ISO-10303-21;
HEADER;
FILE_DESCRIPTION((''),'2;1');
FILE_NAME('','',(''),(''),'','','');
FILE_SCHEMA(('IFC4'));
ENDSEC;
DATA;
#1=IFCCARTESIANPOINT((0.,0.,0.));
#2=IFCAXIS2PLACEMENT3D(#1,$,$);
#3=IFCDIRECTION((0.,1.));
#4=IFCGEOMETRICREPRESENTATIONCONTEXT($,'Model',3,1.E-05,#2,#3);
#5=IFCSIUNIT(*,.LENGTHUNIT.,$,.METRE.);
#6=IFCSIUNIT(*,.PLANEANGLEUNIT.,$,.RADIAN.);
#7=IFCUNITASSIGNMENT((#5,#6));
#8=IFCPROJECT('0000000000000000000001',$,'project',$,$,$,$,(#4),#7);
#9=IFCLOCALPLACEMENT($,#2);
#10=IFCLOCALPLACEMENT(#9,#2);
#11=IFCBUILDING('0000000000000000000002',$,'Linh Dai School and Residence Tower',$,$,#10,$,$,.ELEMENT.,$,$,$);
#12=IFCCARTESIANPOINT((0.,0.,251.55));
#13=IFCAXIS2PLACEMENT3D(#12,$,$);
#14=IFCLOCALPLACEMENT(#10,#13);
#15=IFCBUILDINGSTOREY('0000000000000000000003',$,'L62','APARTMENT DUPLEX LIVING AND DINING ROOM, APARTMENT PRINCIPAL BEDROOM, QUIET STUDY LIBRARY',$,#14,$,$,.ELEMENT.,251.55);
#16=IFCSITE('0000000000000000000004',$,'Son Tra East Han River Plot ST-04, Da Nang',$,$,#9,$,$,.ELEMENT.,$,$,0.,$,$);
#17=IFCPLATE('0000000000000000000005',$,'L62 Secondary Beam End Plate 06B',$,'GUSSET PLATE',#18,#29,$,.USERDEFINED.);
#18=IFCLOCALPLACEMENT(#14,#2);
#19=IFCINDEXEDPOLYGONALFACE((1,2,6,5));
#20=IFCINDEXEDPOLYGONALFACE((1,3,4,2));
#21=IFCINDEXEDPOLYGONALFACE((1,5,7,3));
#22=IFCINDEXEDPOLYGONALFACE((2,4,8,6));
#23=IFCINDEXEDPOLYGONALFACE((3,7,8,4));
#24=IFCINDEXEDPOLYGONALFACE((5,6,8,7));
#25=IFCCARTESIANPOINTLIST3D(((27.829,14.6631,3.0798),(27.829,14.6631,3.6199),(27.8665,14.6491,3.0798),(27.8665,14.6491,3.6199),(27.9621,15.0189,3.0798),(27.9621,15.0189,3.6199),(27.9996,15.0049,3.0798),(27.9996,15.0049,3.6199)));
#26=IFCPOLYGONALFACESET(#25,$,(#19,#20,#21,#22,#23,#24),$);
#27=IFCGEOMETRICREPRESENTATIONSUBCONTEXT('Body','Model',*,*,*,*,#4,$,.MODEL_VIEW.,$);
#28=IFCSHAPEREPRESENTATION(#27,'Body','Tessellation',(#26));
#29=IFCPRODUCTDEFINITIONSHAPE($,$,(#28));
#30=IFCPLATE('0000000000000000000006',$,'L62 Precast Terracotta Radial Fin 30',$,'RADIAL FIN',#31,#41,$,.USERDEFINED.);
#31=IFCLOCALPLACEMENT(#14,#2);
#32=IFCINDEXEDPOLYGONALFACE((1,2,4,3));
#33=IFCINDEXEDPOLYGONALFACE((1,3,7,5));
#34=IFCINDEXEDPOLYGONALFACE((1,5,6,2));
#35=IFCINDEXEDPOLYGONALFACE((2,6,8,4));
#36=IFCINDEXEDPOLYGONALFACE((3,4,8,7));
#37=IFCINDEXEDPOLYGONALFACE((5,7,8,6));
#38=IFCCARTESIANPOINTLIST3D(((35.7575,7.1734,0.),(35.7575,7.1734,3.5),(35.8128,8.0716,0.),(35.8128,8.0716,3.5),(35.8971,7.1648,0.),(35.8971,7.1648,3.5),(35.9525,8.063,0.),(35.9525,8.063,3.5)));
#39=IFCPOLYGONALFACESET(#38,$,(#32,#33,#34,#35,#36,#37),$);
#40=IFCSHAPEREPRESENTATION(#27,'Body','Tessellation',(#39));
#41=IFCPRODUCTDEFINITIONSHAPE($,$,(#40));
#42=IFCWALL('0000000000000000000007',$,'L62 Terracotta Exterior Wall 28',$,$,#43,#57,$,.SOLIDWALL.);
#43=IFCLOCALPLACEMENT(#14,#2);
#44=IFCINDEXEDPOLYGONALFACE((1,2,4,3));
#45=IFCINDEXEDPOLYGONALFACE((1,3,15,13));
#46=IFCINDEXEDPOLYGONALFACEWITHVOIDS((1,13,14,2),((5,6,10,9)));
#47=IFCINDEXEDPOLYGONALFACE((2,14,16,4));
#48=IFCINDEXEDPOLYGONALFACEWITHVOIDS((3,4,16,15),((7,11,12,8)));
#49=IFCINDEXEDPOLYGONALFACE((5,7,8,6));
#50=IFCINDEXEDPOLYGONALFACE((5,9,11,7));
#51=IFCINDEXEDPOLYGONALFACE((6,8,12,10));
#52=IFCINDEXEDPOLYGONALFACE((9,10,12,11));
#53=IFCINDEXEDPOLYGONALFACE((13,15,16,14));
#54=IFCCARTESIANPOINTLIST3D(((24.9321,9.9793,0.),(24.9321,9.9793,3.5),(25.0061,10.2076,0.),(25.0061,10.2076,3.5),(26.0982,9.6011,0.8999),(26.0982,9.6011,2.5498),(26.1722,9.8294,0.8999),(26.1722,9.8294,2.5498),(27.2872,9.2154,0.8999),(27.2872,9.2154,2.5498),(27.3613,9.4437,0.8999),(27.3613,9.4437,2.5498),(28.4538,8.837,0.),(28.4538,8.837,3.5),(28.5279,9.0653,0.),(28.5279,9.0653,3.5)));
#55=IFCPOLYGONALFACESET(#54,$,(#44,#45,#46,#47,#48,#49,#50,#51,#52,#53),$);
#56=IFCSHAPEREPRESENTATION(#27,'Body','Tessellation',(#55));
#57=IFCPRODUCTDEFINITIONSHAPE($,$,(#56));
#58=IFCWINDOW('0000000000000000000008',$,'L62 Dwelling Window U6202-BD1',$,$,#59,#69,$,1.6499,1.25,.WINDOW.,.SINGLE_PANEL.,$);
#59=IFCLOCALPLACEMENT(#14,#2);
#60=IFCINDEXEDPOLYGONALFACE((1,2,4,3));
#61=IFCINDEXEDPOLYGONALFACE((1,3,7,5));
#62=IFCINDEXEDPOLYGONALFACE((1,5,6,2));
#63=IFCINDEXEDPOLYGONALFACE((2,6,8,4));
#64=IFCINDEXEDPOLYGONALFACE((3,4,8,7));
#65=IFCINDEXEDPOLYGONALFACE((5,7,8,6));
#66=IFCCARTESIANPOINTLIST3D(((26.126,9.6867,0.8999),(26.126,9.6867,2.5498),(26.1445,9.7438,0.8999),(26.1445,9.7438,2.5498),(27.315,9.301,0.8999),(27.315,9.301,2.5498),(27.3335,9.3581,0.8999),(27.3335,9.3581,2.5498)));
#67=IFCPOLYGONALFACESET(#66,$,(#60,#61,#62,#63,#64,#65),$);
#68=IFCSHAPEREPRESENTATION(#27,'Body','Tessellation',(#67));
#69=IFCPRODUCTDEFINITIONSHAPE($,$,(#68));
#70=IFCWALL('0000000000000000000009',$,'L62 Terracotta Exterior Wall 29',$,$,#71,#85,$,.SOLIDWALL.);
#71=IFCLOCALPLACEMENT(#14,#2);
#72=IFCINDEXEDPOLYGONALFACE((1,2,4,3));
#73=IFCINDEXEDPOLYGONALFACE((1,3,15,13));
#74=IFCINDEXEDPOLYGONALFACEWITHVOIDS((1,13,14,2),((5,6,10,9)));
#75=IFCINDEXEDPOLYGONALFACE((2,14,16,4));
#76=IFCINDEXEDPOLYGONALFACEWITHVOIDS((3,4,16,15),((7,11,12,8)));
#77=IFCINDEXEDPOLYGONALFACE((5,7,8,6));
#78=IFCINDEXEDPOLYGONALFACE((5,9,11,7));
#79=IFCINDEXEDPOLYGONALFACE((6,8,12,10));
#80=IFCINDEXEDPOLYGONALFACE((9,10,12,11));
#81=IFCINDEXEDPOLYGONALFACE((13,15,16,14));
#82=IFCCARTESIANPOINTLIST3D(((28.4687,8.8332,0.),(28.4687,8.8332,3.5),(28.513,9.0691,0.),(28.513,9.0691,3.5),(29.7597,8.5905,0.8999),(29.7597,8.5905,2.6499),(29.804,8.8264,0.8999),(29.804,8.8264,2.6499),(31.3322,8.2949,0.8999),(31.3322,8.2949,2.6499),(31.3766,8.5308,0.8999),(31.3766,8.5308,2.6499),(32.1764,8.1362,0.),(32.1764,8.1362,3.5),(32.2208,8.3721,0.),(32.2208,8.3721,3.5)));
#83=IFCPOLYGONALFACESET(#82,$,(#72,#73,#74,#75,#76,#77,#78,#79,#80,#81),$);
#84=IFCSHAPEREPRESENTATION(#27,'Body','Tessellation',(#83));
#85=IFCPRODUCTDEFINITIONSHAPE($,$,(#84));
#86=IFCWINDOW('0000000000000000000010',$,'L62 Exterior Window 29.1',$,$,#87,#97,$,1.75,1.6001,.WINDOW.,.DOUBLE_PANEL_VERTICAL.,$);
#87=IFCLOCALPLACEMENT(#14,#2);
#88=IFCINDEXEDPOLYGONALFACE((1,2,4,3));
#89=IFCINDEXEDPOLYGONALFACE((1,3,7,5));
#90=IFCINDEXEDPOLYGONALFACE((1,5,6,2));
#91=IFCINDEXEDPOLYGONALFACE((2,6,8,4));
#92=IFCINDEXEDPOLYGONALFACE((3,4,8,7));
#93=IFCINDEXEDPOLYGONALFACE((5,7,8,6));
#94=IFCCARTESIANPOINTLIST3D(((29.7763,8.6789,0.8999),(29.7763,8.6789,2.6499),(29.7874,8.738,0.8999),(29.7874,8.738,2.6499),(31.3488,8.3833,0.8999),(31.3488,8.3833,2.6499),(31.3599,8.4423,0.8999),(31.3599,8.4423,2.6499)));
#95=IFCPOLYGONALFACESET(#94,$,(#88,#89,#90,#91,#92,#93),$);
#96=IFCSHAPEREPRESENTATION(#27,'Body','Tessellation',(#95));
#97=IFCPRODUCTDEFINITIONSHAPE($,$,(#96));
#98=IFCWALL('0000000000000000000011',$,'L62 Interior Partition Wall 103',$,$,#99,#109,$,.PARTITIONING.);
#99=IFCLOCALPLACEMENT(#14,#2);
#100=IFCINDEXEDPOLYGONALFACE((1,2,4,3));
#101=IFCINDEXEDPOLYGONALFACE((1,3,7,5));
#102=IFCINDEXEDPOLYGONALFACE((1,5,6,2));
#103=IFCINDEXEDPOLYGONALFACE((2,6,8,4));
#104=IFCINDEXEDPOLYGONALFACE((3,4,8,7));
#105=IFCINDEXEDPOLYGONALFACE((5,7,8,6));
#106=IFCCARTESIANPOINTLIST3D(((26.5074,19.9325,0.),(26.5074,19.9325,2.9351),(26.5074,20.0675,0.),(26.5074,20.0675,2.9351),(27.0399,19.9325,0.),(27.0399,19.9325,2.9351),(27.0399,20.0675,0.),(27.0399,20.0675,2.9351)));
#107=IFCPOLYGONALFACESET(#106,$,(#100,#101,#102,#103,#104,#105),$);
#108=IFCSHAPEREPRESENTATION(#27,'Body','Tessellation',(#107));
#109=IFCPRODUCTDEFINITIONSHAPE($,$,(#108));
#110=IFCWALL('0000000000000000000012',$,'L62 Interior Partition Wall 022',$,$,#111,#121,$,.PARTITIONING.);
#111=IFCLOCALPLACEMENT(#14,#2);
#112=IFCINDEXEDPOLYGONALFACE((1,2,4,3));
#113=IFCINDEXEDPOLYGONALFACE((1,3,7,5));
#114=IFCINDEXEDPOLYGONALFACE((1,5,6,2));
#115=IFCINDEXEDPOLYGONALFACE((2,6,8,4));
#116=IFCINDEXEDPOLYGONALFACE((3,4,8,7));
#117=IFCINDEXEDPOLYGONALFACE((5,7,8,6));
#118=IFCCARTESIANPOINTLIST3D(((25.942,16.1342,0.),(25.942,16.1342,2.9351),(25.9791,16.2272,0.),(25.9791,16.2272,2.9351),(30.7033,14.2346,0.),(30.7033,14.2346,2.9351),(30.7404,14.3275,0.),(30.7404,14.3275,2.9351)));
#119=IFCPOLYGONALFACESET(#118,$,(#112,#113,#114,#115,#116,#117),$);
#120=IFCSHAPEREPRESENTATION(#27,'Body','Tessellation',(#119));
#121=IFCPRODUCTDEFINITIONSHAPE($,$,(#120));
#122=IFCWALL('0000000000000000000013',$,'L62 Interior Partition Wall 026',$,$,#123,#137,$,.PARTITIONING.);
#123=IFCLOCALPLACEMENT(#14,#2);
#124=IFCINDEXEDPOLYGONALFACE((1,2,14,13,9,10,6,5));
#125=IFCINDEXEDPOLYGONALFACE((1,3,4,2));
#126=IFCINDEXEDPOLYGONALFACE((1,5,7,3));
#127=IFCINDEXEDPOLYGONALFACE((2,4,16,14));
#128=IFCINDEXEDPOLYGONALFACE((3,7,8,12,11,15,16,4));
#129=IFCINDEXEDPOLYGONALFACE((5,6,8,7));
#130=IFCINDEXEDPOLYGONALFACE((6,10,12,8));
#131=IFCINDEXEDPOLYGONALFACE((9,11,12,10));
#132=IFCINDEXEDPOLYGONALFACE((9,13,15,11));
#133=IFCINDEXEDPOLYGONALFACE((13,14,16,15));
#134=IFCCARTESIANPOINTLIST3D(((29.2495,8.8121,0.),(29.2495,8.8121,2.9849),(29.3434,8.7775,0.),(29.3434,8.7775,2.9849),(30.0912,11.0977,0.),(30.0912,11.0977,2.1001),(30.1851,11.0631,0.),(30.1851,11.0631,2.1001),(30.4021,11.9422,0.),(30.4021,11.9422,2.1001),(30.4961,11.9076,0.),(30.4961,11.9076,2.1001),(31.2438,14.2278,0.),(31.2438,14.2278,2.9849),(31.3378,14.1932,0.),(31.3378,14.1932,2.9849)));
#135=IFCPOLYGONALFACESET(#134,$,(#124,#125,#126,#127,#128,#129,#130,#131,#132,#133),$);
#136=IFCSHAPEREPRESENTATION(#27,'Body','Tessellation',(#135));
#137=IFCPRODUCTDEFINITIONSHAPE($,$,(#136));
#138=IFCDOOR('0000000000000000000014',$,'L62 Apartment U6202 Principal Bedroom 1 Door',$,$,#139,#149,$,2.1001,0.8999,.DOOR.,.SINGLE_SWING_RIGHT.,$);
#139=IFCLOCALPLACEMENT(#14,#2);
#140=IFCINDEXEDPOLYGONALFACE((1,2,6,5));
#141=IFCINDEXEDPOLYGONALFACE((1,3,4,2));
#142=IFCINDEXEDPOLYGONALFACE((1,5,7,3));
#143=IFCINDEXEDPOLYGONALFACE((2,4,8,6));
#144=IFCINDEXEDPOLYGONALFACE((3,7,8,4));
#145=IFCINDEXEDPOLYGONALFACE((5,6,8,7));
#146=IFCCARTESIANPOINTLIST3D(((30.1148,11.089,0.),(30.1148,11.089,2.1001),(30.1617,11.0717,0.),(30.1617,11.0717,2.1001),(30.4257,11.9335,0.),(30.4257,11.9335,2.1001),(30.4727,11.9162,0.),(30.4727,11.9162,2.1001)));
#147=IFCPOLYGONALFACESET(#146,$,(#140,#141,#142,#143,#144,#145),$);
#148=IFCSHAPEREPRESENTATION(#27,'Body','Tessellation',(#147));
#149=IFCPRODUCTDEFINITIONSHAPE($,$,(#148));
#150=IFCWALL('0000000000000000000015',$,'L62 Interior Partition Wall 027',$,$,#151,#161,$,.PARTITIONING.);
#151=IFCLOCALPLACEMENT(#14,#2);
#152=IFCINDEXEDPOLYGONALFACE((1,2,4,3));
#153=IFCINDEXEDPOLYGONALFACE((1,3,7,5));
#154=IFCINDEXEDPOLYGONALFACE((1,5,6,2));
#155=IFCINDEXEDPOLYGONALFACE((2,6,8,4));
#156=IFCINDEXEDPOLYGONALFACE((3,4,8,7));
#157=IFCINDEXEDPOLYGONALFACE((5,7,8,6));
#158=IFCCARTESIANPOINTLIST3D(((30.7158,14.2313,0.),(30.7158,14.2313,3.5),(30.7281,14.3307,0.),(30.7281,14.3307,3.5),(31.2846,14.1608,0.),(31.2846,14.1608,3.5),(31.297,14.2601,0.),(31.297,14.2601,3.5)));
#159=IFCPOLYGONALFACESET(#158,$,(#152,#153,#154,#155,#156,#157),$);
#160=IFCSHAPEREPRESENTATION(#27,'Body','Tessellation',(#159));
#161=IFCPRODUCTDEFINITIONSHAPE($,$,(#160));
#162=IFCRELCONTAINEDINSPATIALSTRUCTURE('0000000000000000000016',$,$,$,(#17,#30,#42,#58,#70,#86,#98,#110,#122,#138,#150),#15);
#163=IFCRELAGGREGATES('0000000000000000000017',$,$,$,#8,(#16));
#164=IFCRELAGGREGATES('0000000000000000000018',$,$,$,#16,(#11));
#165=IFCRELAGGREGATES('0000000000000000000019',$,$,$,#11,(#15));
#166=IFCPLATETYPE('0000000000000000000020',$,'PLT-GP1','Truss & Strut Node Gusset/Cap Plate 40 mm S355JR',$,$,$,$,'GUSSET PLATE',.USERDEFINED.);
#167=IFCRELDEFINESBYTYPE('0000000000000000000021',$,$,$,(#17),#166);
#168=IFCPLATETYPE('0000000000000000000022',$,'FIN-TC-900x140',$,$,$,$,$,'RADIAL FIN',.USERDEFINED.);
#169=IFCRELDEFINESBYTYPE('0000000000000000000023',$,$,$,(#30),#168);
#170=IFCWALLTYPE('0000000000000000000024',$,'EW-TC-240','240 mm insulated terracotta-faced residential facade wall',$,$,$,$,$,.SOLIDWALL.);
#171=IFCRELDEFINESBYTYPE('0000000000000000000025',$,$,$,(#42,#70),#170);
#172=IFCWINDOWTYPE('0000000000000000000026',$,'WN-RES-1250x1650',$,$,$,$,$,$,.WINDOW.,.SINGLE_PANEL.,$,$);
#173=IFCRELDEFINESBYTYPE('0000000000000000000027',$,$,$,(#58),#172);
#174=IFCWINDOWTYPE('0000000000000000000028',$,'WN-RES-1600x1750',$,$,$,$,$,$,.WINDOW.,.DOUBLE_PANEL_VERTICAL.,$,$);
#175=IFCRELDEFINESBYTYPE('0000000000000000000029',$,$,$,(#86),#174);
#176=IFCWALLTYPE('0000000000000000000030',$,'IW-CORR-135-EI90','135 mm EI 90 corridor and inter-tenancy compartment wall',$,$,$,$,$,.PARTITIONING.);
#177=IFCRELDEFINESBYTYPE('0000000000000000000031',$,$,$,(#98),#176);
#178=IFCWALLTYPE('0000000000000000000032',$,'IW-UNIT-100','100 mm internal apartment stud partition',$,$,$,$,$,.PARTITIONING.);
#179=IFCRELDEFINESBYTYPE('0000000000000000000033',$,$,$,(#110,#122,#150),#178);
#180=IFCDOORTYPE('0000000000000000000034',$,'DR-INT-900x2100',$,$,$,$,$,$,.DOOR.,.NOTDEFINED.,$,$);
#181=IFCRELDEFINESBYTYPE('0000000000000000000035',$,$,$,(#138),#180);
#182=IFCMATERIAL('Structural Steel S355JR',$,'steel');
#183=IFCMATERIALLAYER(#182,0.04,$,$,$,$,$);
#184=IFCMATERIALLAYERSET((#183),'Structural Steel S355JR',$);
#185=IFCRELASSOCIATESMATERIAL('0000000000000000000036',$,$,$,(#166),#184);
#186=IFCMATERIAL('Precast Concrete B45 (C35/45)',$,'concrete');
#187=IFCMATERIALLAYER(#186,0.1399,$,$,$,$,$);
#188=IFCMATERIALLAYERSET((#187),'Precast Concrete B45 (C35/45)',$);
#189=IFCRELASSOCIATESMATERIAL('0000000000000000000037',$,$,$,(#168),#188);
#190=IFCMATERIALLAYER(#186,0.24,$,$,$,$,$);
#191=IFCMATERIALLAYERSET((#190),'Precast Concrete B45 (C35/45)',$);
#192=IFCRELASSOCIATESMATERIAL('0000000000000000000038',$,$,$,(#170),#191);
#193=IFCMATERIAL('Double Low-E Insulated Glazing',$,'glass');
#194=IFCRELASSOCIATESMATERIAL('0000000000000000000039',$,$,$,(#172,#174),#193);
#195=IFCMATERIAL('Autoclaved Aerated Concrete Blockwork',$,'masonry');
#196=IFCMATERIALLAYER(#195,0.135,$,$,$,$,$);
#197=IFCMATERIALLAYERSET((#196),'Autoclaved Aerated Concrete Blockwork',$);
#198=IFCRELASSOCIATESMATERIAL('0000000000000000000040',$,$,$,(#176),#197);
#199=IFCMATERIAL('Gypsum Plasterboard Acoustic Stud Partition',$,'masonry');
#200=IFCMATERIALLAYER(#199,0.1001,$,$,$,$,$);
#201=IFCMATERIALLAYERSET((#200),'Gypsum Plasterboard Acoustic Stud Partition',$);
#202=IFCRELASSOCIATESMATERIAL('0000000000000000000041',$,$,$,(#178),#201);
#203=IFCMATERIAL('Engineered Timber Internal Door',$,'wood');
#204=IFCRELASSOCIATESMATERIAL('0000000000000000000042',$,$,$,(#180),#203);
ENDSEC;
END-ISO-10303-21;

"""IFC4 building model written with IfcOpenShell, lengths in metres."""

from ifc_helpers import new_model, si_unit, direction, frame, frame_2d, origin, origin_2d, place, context, subcontext, project, spatial, rectangle, extrude, source, transform, mapped, material, layer, layer_set, type_object, element, fill, save


model = new_model("IFC4")

# Units and contexts
model_context = context("Model", 3, precision=1e-05, world=origin(), true_north=direction((0.0, 1.0)))
body_context = subcontext(model_context, "Body", "Model", "MODEL_VIEW")
ifc_project = project(units=[si_unit("LENGTHUNIT", "METRE"), si_unit("PLANEANGLEUNIT", "RADIAN")], contexts=[model_context])

# Site, building, storey
site_placement = place(None, origin())
site = spatial("IfcSite", under=ifc_project, at=site_placement, Name="Son Tra East Han River Plot ST-04, Da Nang", CompositionType="ELEMENT", RefElevation=0.0)
building_placement = place(site_placement, origin())
building = spatial("IfcBuilding", under=site, at=building_placement, Name="Linh Dai School and Residence Tower", CompositionType="ELEMENT")
storey_placement = place(building_placement, frame((0.0, 0.0, 251.55)))
storey = spatial("IfcBuildingStorey", under=building, at=storey_placement, Name="L62", Description="APARTMENT DUPLEX LIVING AND DINING ROOM, APARTMENT PRINCIPAL BEDROOM, QUIET STUDY LIBRARY", CompositionType="ELEMENT", Elevation=251.55)

# Shared definitions
ifc_material_1 = material(Name="Structural Steel S355JR", Category="steel")

# Plates
ifc_layer_1 = layer(ifc_material_1, 0.04)
ifc_layer_set_1 = layer_set([ifc_layer_1], Name="Structural Steel S355JR")
plate_type_1 = type_object("IfcPlateType", Name="PLT-GP1", Description="Truss & Strut Node Gusset/Cap Plate 40 mm S355JR", ElementType="GUSSET PLATE", PredefinedType="USERDEFINED", material=ifc_layer_set_1)
shared_shape_1 = source(origin(), body_context, "Body", "SweptSolid", [
    extrude(rectangle(XDim=0.04, YDim=0.3799, at=origin_2d()), origin(), (0.0, 0.0, 1.0), 0.54),
])
plate_1_placement = place(storey_placement, frame((27.9143, 14.834, 3.0798), z_axis=(0.0, 0.0, 1.0), x_axis=(0.936534, -0.350577, 0.0)))
element("IfcPlate", 1, at=plate_1_placement, inside=storey, type_object=plate_type_1, Name="L62 Secondary Beam End Plate 06B", ObjectType="GUSSET PLATE", PredefinedType="USERDEFINED", context=body_context, shape_type="MappedRepresentation", body=[
    mapped(shared_shape_1, transform((0.0, 0.0, 0.0), x_axis=(1.0, 0.0, 0.0), y_axis=(0.0, 1.0, 0.0), z_axis=(0.0, 0.0, 1.0), scale=1.0)),
])
ifc_material_2 = material(Name="Precast Concrete B45 (C35/45)", Category="concrete")
ifc_layer_2 = layer(ifc_material_2, 0.1399)
ifc_layer_set_2 = layer_set([ifc_layer_2], Name="Precast Concrete B45 (C35/45)")
plate_type_2 = type_object("IfcPlateType", Name="FIN-TC-900x140", ElementType="RADIAL FIN", PredefinedType="USERDEFINED", material=ifc_layer_set_2)
shared_shape_2 = source(origin(), body_context, "Body", "SweptSolid", [
    extrude(rectangle(XDim=0.8999, YDim=0.1399, at=origin_2d()), origin(), (0.0, 0.0, 1.0), 3.5),
])
plate_2_placement = place(storey_placement, frame((35.855, 7.6182, 0.0), z_axis=(0.0, 0.0, 1.0), x_axis=(-0.061504, -0.998107, 0.0)))
element("IfcPlate", 2, at=plate_2_placement, inside=storey, type_object=plate_type_2, Name="L62 Precast Terracotta Radial Fin 30", ObjectType="RADIAL FIN", PredefinedType="USERDEFINED", context=body_context, shape_type="MappedRepresentation", body=[
    mapped(shared_shape_2, transform((0.0, 0.0, 0.0), x_axis=(1.0, 0.0, 0.0), y_axis=(0.0, 1.0, 0.0), z_axis=(0.0, 0.0, 1.0), scale=1.0)),
])

# Walls, openings, windows
ifc_layer_3 = layer(ifc_material_2, 0.24)
ifc_layer_set_3 = layer_set([ifc_layer_3], Name="Precast Concrete B45 (C35/45)")
wall_type_1 = type_object("IfcWallType", Name="EW-TC-240", Description="240 mm insulated terracotta-faced residential facade wall", PredefinedType="SOLIDWALL", material=ifc_layer_set_3)
wall_1_placement = place(storey_placement, frame((28.4907, 8.9512, 0.0), z_axis=(0.0, 0.0, 1.0), x_axis=(-0.951211, 0.308542, 0.0)))
wall_1 = element("IfcWall", 3, at=wall_1_placement, inside=storey, type_object=wall_type_1, Name="L62 Terracotta Exterior Wall 28", PredefinedType="SOLIDWALL", context=body_context, shape_type="SweptSolid", body=[
    extrude(rectangle(XDim=3.7024, YDim=0.24, at=frame_2d((1.8511, 0.0))), origin(), (0.0, 0.0, 1.0), 3.5),
])
opening_1_placement = place(wall_1_placement, frame((1.2263, 0.0, 0.8999)))
opening_1 = element("IfcOpeningElement", 4, at=opening_1_placement, cuts=wall_1, PredefinedType="OPENING", context=body_context, shape_type="SweptSolid", body=[
    extrude(rectangle(XDim=1.25, YDim=1.6499, at=origin_2d()), frame((0.625, 0.1299, 0.825), z_axis=(0.0, -1.0, 0.0), x_axis=(1.0, 0.0, 0.0)), (0.0, 0.0, 1.0), 0.26),
])
ifc_material_3 = material(Name="Double Low-E Insulated Glazing", Category="glass")
window_type_1 = type_object("IfcWindowType", Name="WN-RES-1250x1650", PartitioningType="SINGLE_PANEL", PredefinedType="WINDOW", material=ifc_material_3)
shared_shape_3 = source(origin(), body_context, "Body", "SweptSolid", [
    extrude(rectangle(XDim=1.25, YDim=1.6499, at=origin_2d()), frame((0.625, 0.03, 0.825), z_axis=(0.0, -1.0, 0.0), x_axis=(1.0, 0.0, 0.0)), (0.0, 0.0, 1.0), 0.0601),
])
window_1_placement = place(opening_1_placement, origin())
window_1 = element("IfcWindow", 5, at=window_1_placement, inside=storey, type_object=window_type_1, Name="L62 Dwelling Window U6202-BD1", OverallHeight=1.6499, OverallWidth=1.25, PartitioningType="SINGLE_PANEL", PredefinedType="WINDOW", context=body_context, shape_type="MappedRepresentation", body=[
    mapped(shared_shape_3, transform((0.0, 0.0, 0.0), x_axis=(1.0, 0.0, 0.0), y_axis=(0.0, 1.0, 0.0), z_axis=(0.0, 0.0, 1.0), scale=1.0)),
])
fill(opening_1, window_1)
wall_2_placement = place(storey_placement, frame((32.1985, 8.2542, 0.0), z_axis=(0.0, 0.0, 1.0), x_axis=(-0.982785, 0.184753, 0.0)))
wall_2 = element("IfcWall", 6, at=wall_2_placement, inside=storey, type_object=wall_type_1, Name="L62 Terracotta Exterior Wall 29", PredefinedType="SOLIDWALL", context=body_context, shape_type="SweptSolid", body=[
    extrude(rectangle(XDim=3.7727, YDim=0.24, at=frame_2d((1.8862, 0.0))), origin(), (0.0, 0.0, 1.0), 3.5),
])
opening_2_placement = place(wall_2_placement, frame((0.8589, 0.0, 0.8999)))
opening_2 = element("IfcOpeningElement", 7, at=opening_2_placement, cuts=wall_2, PredefinedType="OPENING", context=body_context, shape_type="SweptSolid", body=[
    extrude(rectangle(XDim=1.6001, YDim=1.75, at=origin_2d()), frame((0.8, 0.1299, 0.875), z_axis=(0.0, -1.0, 0.0), x_axis=(1.0, 0.0, 0.0)), (0.0, 0.0, 1.0), 0.26),
])
window_type_2 = type_object("IfcWindowType", Name="WN-RES-1600x1750", PartitioningType="DOUBLE_PANEL_VERTICAL", PredefinedType="WINDOW", material=ifc_material_3)
shared_shape_4 = source(origin(), body_context, "Body", "SweptSolid", [
    extrude(rectangle(XDim=1.6001, YDim=1.75, at=origin_2d()), frame((0.8, 0.03, 0.875), z_axis=(0.0, -1.0, 0.0), x_axis=(1.0, 0.0, 0.0)), (0.0, 0.0, 1.0), 0.0601),
])
window_2_placement = place(opening_2_placement, origin())
window_2 = element("IfcWindow", 8, at=window_2_placement, inside=storey, type_object=window_type_2, Name="L62 Exterior Window 29.1", OverallHeight=1.75, OverallWidth=1.6001, PartitioningType="DOUBLE_PANEL_VERTICAL", PredefinedType="WINDOW", context=body_context, shape_type="MappedRepresentation", body=[
    mapped(shared_shape_4, transform((0.0, 0.0, 0.0), x_axis=(1.0, 0.0, 0.0), y_axis=(0.0, 1.0, 0.0), z_axis=(0.0, 0.0, 1.0), scale=1.0)),
])
fill(opening_2, window_2)

# Shared definitions
ifc_material_4 = material(Name="Autoclaved Aerated Concrete Blockwork", Category="masonry")
ifc_layer_4 = layer(ifc_material_4, 0.135)
ifc_layer_set_4 = layer_set([ifc_layer_4], Name="Autoclaved Aerated Concrete Blockwork")
wall_type_2 = type_object("IfcWallType", Name="IW-CORR-135-EI90", Description="135 mm EI 90 corridor and inter-tenancy compartment wall", PredefinedType="PARTITIONING", material=ifc_layer_set_4)

# Wall
wall_3_placement = place(storey_placement, frame((26.5076, 20.0, 0.0), z_axis=(0.0, 0.0, 1.0), x_axis=(1.0, 0.0, 0.0)))
element("IfcWall", 9, at=wall_3_placement, inside=storey, type_object=wall_type_2, Name="L62 Interior Partition Wall 103", PredefinedType="PARTITIONING", context=body_context, shape_type="SweptSolid", body=[
    extrude(rectangle(XDim=0.5325, YDim=0.135, at=frame_2d((0.2661, 0.0))), origin(), (0.0, 0.0, 1.0), 2.9351),
])

# Wall
ifc_material_5 = material(Name="Gypsum Plasterboard Acoustic Stud Partition", Category="masonry")
ifc_layer_5 = layer(ifc_material_5, 0.1001)
ifc_layer_set_5 = layer_set([ifc_layer_5], Name="Gypsum Plasterboard Acoustic Stud Partition")
wall_type_3 = type_object("IfcWallType", Name="IW-UNIT-100", Description="100 mm internal apartment stud partition", PredefinedType="PARTITIONING", material=ifc_layer_set_5)
wall_4_placement = place(storey_placement, frame((25.9607, 16.1807, 0.0), z_axis=(0.0, 0.0, 1.0), x_axis=(0.928802, -0.370578, 0.0)))
element("IfcWall", 10, at=wall_4_placement, inside=storey, type_object=wall_type_3, Name="L62 Interior Partition Wall 022", PredefinedType="PARTITIONING", context=body_context, shape_type="SweptSolid", body=[
    extrude(rectangle(XDim=5.1262, YDim=0.1001, at=frame_2d((2.563, 0.0))), origin(), (0.0, 0.0, 1.0), 2.9351),
])

# Wall, opening, door
wall_5_placement = place(storey_placement, frame((29.2964, 8.7947, 0.0), z_axis=(0.0, 0.0, 1.0), x_axis=(0.345568, 0.938394, 0.0)))
wall_5 = element("IfcWall", 11, at=wall_5_placement, inside=storey, type_object=wall_type_3, Name="L62 Interior Partition Wall 026", PredefinedType="PARTITIONING", context=body_context, shape_type="SweptSolid", body=[
    extrude(rectangle(XDim=5.7712, YDim=0.1001, at=frame_2d((2.8857, 0.0))), origin(), (0.0, 0.0, 1.0), 2.9849),
])
opening_3_placement = place(wall_5_placement, frame((2.4358, 0.0, 0.0)))
opening_3 = element("IfcOpeningElement", 12, at=opening_3_placement, cuts=wall_5, PredefinedType="OPENING", context=body_context, shape_type="SweptSolid", body=[
    extrude(rectangle(XDim=0.8999, YDim=2.1001, at=origin_2d()), frame((0.45, 0.0601, 1.05), z_axis=(0.0, -1.0, 0.0), x_axis=(1.0, 0.0, 0.0)), (0.0, 0.0, 1.0), 0.1201),
])
ifc_material_6 = material(Name="Engineered Timber Internal Door", Category="wood")
door_type_1 = type_object("IfcDoorType", Name="DR-INT-900x2100", OperationType="NOTDEFINED", PredefinedType="DOOR", material=ifc_material_6)
shared_shape_5 = source(origin(), body_context, "Body", "SweptSolid", [
    extrude(rectangle(XDim=0.8999, YDim=2.1001, at=origin_2d()), frame((0.45, 0.0249, 1.05), z_axis=(0.0, -1.0, 0.0), x_axis=(1.0, 0.0, 0.0)), (0.0, 0.0, 1.0), 0.05),
])
door_1_placement = place(opening_3_placement, origin())
door_1 = element("IfcDoor", 13, at=door_1_placement, inside=storey, type_object=door_type_1, Name="L62 Apartment U6202 Principal Bedroom 1 Door", OperationType="SINGLE_SWING_RIGHT", OverallHeight=2.1001, OverallWidth=0.8999, PredefinedType="DOOR", context=body_context, shape_type="MappedRepresentation", body=[
    mapped(shared_shape_5, transform((0.0, 0.0, 0.0), x_axis=(1.0, 0.0, 0.0), y_axis=(0.0, 1.0, 0.0), z_axis=(0.0, 0.0, 1.0), scale=1.0)),
])
fill(opening_3, door_1)

# Wall
wall_6_placement = place(storey_placement, frame((30.7219, 14.281, 0.0), z_axis=(0.0, 0.0, 1.0), x_axis=(0.992395, -0.123091, 0.0)))
element("IfcWall", 14, at=wall_6_placement, inside=storey, type_object=wall_type_3, Name="L62 Interior Partition Wall 027", PredefinedType="PARTITIONING", context=body_context, shape_type="SweptSolid", body=[
    extrude(rectangle(XDim=0.5732, YDim=0.1001, at=frame_2d((0.2866, 0.0))), origin(), (0.0, 0.0, 1.0), 3.5),
])

save(model, "model.ifc")
